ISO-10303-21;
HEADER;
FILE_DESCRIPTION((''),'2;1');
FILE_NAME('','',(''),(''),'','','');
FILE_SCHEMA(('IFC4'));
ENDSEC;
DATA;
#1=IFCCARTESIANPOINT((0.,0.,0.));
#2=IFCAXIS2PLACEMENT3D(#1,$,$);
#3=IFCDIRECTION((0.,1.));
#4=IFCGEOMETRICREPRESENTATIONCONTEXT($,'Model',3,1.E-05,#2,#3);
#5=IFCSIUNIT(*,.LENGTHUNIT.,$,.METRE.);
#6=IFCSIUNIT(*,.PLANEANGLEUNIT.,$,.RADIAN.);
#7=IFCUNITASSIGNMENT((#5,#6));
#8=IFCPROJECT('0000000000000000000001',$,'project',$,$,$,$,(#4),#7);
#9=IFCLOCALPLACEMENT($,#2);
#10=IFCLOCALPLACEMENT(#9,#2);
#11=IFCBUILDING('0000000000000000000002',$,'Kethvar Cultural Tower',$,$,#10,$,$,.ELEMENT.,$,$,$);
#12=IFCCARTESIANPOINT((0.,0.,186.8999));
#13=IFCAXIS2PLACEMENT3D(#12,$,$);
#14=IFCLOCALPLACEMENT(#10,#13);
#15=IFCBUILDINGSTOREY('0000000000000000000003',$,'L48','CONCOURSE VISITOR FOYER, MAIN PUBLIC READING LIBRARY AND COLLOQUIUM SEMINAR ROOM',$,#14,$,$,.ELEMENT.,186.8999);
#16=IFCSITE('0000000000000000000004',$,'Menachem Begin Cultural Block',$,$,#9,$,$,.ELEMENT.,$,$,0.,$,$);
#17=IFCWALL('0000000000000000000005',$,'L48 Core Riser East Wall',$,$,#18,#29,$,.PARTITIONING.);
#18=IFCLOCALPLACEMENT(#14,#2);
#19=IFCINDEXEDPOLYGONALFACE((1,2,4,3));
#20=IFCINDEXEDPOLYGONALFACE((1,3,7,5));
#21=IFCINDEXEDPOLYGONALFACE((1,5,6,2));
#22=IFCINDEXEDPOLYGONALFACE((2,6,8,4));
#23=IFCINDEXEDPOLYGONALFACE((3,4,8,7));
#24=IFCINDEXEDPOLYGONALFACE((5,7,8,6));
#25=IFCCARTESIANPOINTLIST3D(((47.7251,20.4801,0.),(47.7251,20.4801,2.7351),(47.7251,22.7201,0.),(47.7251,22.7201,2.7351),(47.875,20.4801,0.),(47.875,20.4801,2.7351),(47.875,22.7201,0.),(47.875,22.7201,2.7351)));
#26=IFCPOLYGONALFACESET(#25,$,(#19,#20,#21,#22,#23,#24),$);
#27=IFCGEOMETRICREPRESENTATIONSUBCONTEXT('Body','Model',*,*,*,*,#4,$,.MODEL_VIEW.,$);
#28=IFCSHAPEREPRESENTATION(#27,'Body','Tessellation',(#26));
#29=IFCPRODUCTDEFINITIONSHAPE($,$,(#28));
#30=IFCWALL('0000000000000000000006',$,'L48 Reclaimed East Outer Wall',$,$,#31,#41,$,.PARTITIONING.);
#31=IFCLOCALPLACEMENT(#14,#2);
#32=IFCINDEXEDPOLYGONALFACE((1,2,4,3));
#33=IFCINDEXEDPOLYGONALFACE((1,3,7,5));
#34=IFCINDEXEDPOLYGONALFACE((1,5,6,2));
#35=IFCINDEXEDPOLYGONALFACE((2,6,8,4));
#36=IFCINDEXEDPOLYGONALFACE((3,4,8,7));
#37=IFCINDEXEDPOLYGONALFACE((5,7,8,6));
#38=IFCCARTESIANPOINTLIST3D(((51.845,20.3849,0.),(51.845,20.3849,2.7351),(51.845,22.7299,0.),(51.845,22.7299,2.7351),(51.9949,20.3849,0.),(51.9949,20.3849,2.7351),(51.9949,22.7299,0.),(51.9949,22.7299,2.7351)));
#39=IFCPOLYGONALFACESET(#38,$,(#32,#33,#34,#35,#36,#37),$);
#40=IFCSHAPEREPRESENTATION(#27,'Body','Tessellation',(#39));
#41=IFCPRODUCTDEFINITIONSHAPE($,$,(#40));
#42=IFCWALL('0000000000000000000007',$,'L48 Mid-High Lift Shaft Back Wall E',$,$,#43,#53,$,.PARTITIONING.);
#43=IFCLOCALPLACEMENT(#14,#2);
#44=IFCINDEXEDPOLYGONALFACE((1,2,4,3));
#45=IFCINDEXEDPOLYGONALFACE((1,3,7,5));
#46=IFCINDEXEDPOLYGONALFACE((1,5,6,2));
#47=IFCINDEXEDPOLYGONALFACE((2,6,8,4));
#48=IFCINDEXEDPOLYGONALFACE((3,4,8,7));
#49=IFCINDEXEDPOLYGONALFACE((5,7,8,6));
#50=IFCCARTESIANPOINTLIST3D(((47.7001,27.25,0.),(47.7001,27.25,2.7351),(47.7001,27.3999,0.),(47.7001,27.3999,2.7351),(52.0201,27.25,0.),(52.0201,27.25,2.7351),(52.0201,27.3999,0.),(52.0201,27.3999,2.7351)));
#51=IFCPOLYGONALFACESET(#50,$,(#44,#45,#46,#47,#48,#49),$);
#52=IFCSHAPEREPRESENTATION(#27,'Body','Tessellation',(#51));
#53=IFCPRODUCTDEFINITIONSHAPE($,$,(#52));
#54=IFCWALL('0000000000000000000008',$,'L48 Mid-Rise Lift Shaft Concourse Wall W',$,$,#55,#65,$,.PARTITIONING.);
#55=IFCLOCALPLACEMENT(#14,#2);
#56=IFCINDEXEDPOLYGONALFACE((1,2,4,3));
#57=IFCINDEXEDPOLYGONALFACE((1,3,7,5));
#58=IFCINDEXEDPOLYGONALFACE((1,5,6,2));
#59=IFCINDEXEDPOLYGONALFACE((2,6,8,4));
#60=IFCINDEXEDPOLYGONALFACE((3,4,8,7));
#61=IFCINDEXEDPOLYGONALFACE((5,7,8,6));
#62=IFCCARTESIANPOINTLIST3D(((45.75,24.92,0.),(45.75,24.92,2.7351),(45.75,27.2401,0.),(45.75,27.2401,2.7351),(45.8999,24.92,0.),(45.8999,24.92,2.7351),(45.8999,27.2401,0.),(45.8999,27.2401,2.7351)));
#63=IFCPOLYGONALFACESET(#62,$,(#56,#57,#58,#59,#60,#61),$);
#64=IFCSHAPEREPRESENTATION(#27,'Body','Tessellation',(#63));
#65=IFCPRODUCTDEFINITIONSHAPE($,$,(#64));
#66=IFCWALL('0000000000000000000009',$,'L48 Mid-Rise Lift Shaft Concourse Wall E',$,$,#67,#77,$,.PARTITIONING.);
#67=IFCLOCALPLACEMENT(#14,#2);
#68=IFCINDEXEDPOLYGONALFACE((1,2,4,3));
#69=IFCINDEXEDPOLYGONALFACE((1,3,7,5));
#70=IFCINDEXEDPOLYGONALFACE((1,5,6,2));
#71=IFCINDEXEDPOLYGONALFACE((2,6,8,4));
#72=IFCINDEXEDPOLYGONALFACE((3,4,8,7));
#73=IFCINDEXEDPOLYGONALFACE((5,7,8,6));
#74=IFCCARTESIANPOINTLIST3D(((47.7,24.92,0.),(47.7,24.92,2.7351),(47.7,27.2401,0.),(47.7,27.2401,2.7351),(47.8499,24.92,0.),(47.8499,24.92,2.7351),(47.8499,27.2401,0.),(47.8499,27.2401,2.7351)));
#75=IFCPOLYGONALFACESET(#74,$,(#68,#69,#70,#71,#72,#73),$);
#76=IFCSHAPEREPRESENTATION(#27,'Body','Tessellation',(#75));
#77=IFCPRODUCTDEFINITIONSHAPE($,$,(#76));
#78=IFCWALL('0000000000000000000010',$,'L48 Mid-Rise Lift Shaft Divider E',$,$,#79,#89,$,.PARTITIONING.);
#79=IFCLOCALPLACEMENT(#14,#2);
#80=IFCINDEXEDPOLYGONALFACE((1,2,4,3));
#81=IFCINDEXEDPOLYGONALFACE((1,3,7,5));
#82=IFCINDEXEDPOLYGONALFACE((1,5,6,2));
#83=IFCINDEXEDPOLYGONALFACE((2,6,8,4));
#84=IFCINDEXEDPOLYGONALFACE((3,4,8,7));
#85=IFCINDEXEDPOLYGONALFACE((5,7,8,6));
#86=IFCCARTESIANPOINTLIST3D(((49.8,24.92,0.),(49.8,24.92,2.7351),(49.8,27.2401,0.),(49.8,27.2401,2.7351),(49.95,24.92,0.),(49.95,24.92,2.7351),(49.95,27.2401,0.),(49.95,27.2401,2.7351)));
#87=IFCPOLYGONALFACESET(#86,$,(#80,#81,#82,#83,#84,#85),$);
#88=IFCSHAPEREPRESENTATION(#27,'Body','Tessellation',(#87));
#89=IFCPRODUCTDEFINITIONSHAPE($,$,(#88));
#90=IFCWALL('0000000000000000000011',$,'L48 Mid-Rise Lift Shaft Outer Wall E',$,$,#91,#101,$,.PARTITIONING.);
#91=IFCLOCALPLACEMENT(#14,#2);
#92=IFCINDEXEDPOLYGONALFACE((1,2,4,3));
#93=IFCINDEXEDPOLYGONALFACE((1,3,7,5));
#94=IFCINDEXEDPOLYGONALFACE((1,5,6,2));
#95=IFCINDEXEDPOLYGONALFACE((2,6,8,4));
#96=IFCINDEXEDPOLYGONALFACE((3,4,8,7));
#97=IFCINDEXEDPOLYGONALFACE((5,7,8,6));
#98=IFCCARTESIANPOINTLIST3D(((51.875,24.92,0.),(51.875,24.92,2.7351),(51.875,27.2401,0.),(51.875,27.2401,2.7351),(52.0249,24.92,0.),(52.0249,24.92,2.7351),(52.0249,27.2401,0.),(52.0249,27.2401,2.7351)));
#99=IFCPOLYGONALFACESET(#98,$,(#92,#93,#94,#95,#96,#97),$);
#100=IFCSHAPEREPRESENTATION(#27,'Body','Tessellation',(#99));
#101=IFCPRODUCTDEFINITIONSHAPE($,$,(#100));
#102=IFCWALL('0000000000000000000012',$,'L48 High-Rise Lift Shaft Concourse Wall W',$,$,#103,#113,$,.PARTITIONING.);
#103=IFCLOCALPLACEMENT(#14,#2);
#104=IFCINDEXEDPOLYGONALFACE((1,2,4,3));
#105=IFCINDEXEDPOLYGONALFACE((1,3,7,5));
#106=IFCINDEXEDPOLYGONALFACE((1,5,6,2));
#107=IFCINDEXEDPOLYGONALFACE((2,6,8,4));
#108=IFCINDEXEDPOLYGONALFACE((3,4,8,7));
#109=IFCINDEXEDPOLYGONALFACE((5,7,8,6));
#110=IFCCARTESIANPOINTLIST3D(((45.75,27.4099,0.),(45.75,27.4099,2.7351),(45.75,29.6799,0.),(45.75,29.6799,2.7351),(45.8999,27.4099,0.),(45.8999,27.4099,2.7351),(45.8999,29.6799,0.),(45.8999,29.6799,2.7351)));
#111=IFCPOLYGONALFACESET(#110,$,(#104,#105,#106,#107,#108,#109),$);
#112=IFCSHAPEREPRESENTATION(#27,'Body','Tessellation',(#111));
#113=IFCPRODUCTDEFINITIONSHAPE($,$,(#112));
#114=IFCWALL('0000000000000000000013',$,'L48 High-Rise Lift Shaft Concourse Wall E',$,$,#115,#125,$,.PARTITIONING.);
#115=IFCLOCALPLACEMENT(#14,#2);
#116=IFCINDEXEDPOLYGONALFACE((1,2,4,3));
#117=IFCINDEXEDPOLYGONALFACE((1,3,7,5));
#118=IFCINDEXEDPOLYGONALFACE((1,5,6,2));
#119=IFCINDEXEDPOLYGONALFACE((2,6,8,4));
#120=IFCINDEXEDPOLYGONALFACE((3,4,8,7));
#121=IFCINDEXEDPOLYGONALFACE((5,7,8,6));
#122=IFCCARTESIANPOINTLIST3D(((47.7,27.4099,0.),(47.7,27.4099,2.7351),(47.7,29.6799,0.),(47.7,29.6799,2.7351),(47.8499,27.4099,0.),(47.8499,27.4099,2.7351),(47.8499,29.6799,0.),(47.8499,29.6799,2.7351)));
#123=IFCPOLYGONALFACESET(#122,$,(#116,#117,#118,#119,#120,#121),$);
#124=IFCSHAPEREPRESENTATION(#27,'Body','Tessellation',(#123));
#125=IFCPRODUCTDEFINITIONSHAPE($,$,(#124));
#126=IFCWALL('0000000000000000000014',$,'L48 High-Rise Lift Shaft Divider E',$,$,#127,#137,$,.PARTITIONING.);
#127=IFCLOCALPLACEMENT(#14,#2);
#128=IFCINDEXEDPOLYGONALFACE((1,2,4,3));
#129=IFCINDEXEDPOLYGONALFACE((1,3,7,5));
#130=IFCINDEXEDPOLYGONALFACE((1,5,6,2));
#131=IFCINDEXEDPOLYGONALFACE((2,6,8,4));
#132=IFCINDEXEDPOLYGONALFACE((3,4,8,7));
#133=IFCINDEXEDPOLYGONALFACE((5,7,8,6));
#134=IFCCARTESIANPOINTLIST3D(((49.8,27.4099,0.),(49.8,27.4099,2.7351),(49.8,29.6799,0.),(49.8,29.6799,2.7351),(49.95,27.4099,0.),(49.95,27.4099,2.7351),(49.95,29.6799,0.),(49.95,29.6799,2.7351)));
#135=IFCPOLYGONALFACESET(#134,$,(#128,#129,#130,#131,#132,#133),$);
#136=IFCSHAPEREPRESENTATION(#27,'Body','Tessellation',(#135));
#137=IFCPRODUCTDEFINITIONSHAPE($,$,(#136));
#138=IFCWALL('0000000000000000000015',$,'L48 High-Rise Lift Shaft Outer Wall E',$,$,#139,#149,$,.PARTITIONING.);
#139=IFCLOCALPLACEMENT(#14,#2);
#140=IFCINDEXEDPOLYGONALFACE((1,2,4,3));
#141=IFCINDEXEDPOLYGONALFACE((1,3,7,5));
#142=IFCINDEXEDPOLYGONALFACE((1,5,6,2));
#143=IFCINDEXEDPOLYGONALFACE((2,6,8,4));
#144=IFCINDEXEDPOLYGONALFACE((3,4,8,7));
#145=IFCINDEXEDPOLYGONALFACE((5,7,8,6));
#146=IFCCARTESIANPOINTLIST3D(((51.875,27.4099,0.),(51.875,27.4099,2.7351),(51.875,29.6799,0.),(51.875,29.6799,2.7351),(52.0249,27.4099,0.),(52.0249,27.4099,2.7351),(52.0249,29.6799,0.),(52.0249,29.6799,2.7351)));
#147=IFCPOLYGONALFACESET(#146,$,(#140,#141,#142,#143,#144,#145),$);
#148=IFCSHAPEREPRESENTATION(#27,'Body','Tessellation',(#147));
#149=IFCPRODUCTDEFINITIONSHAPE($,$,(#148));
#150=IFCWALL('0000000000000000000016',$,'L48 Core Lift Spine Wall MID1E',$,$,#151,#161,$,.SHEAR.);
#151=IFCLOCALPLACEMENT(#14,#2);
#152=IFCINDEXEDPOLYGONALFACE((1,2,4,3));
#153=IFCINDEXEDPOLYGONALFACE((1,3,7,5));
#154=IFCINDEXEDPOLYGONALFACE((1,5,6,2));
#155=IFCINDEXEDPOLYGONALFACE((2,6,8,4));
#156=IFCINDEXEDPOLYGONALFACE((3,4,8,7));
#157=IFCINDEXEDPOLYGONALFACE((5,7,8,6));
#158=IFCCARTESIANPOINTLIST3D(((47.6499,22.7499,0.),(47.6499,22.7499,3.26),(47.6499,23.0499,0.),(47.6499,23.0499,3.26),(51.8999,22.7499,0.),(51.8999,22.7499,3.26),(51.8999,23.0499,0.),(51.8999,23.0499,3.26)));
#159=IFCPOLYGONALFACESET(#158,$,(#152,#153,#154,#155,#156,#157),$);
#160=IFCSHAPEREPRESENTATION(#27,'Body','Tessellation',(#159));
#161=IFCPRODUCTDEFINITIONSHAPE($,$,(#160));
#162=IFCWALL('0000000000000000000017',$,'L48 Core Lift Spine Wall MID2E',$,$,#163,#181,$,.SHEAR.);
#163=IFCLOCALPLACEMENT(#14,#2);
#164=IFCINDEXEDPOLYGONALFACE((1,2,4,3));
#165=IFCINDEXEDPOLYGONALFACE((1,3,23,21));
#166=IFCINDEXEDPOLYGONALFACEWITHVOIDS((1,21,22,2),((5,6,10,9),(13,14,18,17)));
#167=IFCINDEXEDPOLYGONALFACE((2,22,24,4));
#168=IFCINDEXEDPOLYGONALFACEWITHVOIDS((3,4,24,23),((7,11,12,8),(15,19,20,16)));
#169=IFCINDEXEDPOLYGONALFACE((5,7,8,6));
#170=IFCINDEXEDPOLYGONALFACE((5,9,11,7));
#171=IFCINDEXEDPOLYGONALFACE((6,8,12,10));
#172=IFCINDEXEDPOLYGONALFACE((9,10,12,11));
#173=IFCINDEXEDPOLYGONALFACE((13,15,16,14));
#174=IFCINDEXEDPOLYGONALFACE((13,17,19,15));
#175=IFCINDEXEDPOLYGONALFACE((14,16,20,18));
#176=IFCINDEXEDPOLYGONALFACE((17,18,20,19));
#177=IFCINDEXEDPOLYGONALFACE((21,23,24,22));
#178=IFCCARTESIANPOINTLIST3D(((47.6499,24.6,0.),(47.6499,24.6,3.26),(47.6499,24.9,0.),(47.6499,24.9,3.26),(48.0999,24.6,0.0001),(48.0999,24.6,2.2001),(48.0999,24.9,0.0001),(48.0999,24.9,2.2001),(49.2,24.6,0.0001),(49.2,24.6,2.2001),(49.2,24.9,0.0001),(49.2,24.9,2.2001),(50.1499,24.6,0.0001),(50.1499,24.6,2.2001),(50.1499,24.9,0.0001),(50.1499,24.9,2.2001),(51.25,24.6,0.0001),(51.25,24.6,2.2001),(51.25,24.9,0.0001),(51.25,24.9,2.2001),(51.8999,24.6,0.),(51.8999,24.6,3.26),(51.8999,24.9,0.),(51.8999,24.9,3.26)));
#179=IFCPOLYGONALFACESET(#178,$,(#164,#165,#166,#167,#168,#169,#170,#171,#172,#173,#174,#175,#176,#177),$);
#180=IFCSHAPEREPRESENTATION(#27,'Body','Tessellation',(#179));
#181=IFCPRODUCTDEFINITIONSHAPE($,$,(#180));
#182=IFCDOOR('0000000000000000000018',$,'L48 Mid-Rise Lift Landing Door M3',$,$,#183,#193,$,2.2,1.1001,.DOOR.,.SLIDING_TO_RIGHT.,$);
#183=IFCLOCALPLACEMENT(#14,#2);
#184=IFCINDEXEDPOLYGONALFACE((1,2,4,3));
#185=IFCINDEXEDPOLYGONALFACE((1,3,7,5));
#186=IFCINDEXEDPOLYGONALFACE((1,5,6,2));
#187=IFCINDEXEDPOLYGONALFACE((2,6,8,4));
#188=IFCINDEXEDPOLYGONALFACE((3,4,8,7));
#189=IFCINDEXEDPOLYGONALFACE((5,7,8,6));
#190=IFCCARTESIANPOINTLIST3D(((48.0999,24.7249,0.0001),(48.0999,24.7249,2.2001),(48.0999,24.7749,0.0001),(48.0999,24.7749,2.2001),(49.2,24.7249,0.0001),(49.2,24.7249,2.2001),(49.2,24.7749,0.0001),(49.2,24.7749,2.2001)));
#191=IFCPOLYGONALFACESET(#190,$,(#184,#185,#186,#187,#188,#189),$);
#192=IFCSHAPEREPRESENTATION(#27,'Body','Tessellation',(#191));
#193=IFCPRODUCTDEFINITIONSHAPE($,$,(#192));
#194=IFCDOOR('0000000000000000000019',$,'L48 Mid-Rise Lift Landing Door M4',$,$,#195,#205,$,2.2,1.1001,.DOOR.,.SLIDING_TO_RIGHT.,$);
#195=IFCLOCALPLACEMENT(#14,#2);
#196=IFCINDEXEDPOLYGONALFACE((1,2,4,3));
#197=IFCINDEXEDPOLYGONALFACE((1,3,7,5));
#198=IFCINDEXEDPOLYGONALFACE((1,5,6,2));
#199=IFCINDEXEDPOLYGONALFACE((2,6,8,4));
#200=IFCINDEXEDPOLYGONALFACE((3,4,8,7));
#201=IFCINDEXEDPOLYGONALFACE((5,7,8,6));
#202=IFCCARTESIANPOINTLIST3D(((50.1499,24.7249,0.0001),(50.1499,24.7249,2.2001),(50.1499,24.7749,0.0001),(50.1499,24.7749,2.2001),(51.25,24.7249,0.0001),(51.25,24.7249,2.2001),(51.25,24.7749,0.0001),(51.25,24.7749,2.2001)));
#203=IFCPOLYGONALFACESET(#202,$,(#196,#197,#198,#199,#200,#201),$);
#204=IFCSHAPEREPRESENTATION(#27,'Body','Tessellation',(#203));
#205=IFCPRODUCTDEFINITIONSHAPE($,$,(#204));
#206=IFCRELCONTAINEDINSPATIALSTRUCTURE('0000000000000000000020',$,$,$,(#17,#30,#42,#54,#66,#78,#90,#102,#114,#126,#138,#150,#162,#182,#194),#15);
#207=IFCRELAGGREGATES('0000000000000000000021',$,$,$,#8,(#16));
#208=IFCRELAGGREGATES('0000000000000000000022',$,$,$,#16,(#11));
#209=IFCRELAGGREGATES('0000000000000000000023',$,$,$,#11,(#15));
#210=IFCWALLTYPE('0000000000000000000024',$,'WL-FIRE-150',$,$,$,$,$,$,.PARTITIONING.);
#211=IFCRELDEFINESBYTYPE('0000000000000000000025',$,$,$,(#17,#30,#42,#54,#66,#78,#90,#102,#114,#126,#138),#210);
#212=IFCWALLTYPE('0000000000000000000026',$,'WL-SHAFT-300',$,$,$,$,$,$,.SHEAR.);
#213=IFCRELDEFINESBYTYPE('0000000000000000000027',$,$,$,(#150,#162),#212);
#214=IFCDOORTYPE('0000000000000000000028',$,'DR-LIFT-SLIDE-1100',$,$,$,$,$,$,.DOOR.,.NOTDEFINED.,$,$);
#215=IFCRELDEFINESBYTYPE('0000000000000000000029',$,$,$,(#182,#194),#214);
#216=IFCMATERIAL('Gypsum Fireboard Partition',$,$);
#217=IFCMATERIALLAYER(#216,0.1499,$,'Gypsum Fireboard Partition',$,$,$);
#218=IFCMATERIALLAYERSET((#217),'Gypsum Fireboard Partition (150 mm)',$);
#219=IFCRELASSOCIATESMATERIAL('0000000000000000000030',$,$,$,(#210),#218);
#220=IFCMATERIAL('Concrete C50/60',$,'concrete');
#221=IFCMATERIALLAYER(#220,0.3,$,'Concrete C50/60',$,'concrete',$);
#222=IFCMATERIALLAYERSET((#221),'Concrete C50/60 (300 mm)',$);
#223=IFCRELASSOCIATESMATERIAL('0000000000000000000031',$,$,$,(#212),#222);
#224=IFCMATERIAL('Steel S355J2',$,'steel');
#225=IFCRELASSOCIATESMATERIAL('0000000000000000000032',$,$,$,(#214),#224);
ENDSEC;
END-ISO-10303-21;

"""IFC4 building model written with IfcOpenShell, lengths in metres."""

from ifc_helpers import new_model, si_unit, direction, frame, frame_2d, origin, place, context, subcontext, project, spatial, rectangle, extrude, source, transform, mapped, material, layer, layer_set, type_object, element, fill, save


model = new_model("IFC4")

# Units and contexts
model_context = context("Model", 3, precision=1e-05, world=origin(), true_north=direction((0.0, 1.0)))
body_context = subcontext(model_context, "Body", "Model", "MODEL_VIEW")
ifc_project = project(units=[si_unit("LENGTHUNIT", "METRE"), si_unit("PLANEANGLEUNIT", "RADIAN")], contexts=[model_context])

# Site, building, storey
site_placement = place(None, origin())
site = spatial("IfcSite", under=ifc_project, at=site_placement, Name="Menachem Begin Cultural Block", CompositionType="ELEMENT", RefElevation=0.0)
building_placement = place(site_placement, origin())
building = spatial("IfcBuilding", under=site, at=building_placement, Name="Kethvar Cultural Tower", CompositionType="ELEMENT")
storey_placement = place(building_placement, frame((0.0, 0.0, 186.8999)))
storey = spatial("IfcBuildingStorey", under=building, at=storey_placement, Name="L48", Description="CONCOURSE VISITOR FOYER, MAIN PUBLIC READING LIBRARY AND COLLOQUIUM SEMINAR ROOM", CompositionType="ELEMENT", Elevation=186.8999)

# Shared definitions
ifc_material_1 = material(Name="Steel S355J2", Category="steel")

# Walls
ifc_material_2 = material(Name="Gypsum Fireboard Partition")
ifc_layer_1 = layer(ifc_material_2, 0.1499, Name="Gypsum Fireboard Partition")
ifc_layer_set_1 = layer_set([ifc_layer_1], Name="Gypsum Fireboard Partition (150 mm)")
wall_type_1 = type_object("IfcWallType", Name="WL-FIRE-150", PredefinedType="PARTITIONING", material=ifc_layer_set_1)
wall_1_placement = place(storey_placement, frame((47.8, 20.48, 0.0), z_axis=(0.0, 0.0, 1.0), x_axis=(0.0, 1.0, 0.0)))
element("IfcWall", 1, at=wall_1_placement, inside=storey, type_object=wall_type_1, Name="L48 Core Riser East Wall", PredefinedType="PARTITIONING", context=body_context, shape_type="SweptSolid", body=[
    extrude(rectangle(XDim=2.24, YDim=0.1499, at=frame_2d((1.1201, 0.0))), origin(), (0.0, 0.0, 1.0), 2.7351),
])
wall_2_placement = place(storey_placement, frame((51.9199, 20.385, 0.0), z_axis=(0.0, 0.0, 1.0), x_axis=(0.0, 1.0, 0.0)))
element("IfcWall", 2, at=wall_2_placement, inside=storey, type_object=wall_type_1, Name="L48 Reclaimed East Outer Wall", PredefinedType="PARTITIONING", context=body_context, shape_type="SweptSolid", body=[
    extrude(rectangle(XDim=2.345, YDim=0.1499, at=frame_2d((1.1724, 0.0))), origin(), (0.0, 0.0, 1.0), 2.7351),
])
wall_3_placement = place(storey_placement, frame((47.7, 27.325, 0.0), z_axis=(0.0, 0.0, 1.0), x_axis=(1.0, 0.0, 0.0)))
element("IfcWall", 3, at=wall_3_placement, inside=storey, type_object=wall_type_1, Name="L48 Mid-High Lift Shaft Back Wall E", PredefinedType="PARTITIONING", context=body_context, shape_type="SweptSolid", body=[
    extrude(rectangle(XDim=4.3201, YDim=0.1499, at=frame_2d((2.1602, 0.0))), origin(), (0.0, 0.0, 1.0), 2.7351),
])
for number, where, z_axis, x_axis, name in (
    (4, (45.825, 24.9199, 0.0), (0.0, 0.0, 1.0), (0.0, 1.0, 0.0), "L48 Mid-Rise Lift Shaft Concourse Wall W"),
    (5, (47.7749, 24.9199, 0.0), (0.0, 0.0, 1.0), (0.0, 1.0, 0.0), "L48 Mid-Rise Lift Shaft Concourse Wall E"),
    (6, (49.875, 24.9199, 0.0), (0.0, 0.0, 1.0), (0.0, 1.0, 0.0), "L48 Mid-Rise Lift Shaft Divider E"),
    (7, (51.95, 24.9199, 0.0), (0.0, 0.0, 1.0), (0.0, 1.0, 0.0), "L48 Mid-Rise Lift Shaft Outer Wall E"),
):
    element("IfcWall", number, at=place(storey_placement, frame(where, z_axis=z_axis, x_axis=x_axis)), inside=storey, type_object=wall_type_1, Name=name, PredefinedType="PARTITIONING", context=body_context, shape_type="SweptSolid", body=[
        extrude(rectangle(XDim=2.3201, YDim=0.1499, at=frame_2d((1.1602, 0.0))), origin(), (0.0, 0.0, 1.0), 2.7351),
    ])
for number, where, z_axis, x_axis, name in (
    (8, (45.825, 27.4099, 0.0), (0.0, 0.0, 1.0), (0.0, 1.0, 0.0), "L48 High-Rise Lift Shaft Concourse Wall W"),
    (9, (47.7749, 27.4099, 0.0), (0.0, 0.0, 1.0), (0.0, 1.0, 0.0), "L48 High-Rise Lift Shaft Concourse Wall E"),
    (10, (49.875, 27.4099, 0.0), (0.0, 0.0, 1.0), (0.0, 1.0, 0.0), "L48 High-Rise Lift Shaft Divider E"),
    (11, (51.95, 27.4099, 0.0), (0.0, 0.0, 1.0), (0.0, 1.0, 0.0), "L48 High-Rise Lift Shaft Outer Wall E"),
):
    element("IfcWall", number, at=place(storey_placement, frame(where, z_axis=z_axis, x_axis=x_axis)), inside=storey, type_object=wall_type_1, Name=name, PredefinedType="PARTITIONING", context=body_context, shape_type="SweptSolid", body=[
        extrude(rectangle(XDim=2.27, YDim=0.1499, at=frame_2d((1.135, 0.0))), origin(), (0.0, 0.0, 1.0), 2.7351),
    ])
ifc_material_3 = material(Name="Concrete C50/60", Category="concrete")
ifc_layer_2 = layer(ifc_material_3, 0.3, Name="Concrete C50/60", Category="concrete")
ifc_layer_set_2 = layer_set([ifc_layer_2], Name="Concrete C50/60 (300 mm)")
wall_type_2 = type_object("IfcWallType", Name="WL-SHAFT-300", PredefinedType="SHEAR", material=ifc_layer_set_2)
wall_4_placement = place(storey_placement, frame((47.6499, 22.8999, 0.0), z_axis=(0.0, 0.0, 1.0), x_axis=(1.0, 0.0, 0.0)))
element("IfcWall", 12, at=wall_4_placement, inside=storey, type_object=wall_type_2, Name="L48 Core Lift Spine Wall MID1E", PredefinedType="SHEAR", context=body_context, shape_type="SweptSolid", body=[
    extrude(rectangle(XDim=4.25, YDim=0.3, at=frame_2d((2.125, 0.0))), origin(), (0.0, 0.0, 1.0), 3.26),
])

# Wall, openings, doors
wall_5_placement = place(storey_placement, frame((47.6499, 24.75, 0.0), z_axis=(0.0, 0.0, 1.0), x_axis=(1.0, 0.0, 0.0)))
wall_5 = element("IfcWall", 13, at=wall_5_placement, inside=storey, type_object=wall_type_2, Name="L48 Core Lift Spine Wall MID2E", PredefinedType="SHEAR", context=body_context, shape_type="SweptSolid", body=[
    extrude(rectangle(XDim=4.25, YDim=0.3, at=frame_2d((2.125, 0.0))), origin(), (0.0, 0.0, 1.0), 3.26),
])
opening_1_placement = place(wall_5_placement, frame((0.45, 0.0, 0.0)))
opening_1 = element("IfcOpeningElement", 14, at=opening_1_placement, cuts=wall_5, PredefinedType="OPENING", context=body_context, shape_type="SweptSolid", body=[
    extrude(rectangle(XDim=1.1001, YDim=2.2, at=frame_2d((0.55, 1.1001))), frame((0.0, 0.1599, 0.0), z_axis=(0.0, -1.0, 0.0), x_axis=(1.0, 0.0, 0.0)), (0.0, 0.0, 1.0), 0.3201),
])
opening_2_placement = place(wall_5_placement, frame((2.5, 0.0, 0.0)))
opening_2 = element("IfcOpeningElement", 15, at=opening_2_placement, cuts=wall_5, PredefinedType="OPENING", context=body_context, shape_type="SweptSolid", body=[
    extrude(rectangle(XDim=1.1001, YDim=2.2, at=frame_2d((0.55, 1.1001))), frame((0.0, 0.1599, 0.0), z_axis=(0.0, -1.0, 0.0), x_axis=(1.0, 0.0, 0.0)), (0.0, 0.0, 1.0), 0.3201),
])
door_type = type_object("IfcDoorType", Name="DR-LIFT-SLIDE-1100", OperationType="NOTDEFINED", PredefinedType="DOOR", material=ifc_material_1)
shared_shape_1 = source(origin(), body_context, "Body", "SweptSolid", [
    extrude(rectangle(XDim=1.1001, YDim=2.2, at=frame_2d((0.55, 1.1001))), frame((0.0, 0.0249, 0.0), z_axis=(0.0, -1.0, 0.0), x_axis=(1.0, 0.0, 0.0)), (0.0, 0.0, 1.0), 0.05),
])
door_1_placement = place(opening_1_placement, origin())
door_1 = element("IfcDoor", 16, at=door_1_placement, inside=storey, type_object=door_type, Name="L48 Mid-Rise Lift Landing Door M3", OperationType="SLIDING_TO_RIGHT", OverallHeight=2.2, OverallWidth=1.1001, PredefinedType="DOOR", context=body_context, shape_type="MappedRepresentation", body=[
    mapped(shared_shape_1, transform((0.0, 0.0, 0.0), scale=1.0)),
])
fill(opening_1, door_1)
door_2_placement = place(opening_2_placement, origin())
door_2 = element("IfcDoor", 17, at=door_2_placement, inside=storey, type_object=door_type, Name="L48 Mid-Rise Lift Landing Door M4", OperationType="SLIDING_TO_RIGHT", OverallHeight=2.2, OverallWidth=1.1001, PredefinedType="DOOR", context=body_context, shape_type="MappedRepresentation", body=[
    mapped(shared_shape_1, transform((0.0, 0.0, 0.0), scale=1.0)),
])
fill(opening_2, door_2)

save(model, "model.ifc")
